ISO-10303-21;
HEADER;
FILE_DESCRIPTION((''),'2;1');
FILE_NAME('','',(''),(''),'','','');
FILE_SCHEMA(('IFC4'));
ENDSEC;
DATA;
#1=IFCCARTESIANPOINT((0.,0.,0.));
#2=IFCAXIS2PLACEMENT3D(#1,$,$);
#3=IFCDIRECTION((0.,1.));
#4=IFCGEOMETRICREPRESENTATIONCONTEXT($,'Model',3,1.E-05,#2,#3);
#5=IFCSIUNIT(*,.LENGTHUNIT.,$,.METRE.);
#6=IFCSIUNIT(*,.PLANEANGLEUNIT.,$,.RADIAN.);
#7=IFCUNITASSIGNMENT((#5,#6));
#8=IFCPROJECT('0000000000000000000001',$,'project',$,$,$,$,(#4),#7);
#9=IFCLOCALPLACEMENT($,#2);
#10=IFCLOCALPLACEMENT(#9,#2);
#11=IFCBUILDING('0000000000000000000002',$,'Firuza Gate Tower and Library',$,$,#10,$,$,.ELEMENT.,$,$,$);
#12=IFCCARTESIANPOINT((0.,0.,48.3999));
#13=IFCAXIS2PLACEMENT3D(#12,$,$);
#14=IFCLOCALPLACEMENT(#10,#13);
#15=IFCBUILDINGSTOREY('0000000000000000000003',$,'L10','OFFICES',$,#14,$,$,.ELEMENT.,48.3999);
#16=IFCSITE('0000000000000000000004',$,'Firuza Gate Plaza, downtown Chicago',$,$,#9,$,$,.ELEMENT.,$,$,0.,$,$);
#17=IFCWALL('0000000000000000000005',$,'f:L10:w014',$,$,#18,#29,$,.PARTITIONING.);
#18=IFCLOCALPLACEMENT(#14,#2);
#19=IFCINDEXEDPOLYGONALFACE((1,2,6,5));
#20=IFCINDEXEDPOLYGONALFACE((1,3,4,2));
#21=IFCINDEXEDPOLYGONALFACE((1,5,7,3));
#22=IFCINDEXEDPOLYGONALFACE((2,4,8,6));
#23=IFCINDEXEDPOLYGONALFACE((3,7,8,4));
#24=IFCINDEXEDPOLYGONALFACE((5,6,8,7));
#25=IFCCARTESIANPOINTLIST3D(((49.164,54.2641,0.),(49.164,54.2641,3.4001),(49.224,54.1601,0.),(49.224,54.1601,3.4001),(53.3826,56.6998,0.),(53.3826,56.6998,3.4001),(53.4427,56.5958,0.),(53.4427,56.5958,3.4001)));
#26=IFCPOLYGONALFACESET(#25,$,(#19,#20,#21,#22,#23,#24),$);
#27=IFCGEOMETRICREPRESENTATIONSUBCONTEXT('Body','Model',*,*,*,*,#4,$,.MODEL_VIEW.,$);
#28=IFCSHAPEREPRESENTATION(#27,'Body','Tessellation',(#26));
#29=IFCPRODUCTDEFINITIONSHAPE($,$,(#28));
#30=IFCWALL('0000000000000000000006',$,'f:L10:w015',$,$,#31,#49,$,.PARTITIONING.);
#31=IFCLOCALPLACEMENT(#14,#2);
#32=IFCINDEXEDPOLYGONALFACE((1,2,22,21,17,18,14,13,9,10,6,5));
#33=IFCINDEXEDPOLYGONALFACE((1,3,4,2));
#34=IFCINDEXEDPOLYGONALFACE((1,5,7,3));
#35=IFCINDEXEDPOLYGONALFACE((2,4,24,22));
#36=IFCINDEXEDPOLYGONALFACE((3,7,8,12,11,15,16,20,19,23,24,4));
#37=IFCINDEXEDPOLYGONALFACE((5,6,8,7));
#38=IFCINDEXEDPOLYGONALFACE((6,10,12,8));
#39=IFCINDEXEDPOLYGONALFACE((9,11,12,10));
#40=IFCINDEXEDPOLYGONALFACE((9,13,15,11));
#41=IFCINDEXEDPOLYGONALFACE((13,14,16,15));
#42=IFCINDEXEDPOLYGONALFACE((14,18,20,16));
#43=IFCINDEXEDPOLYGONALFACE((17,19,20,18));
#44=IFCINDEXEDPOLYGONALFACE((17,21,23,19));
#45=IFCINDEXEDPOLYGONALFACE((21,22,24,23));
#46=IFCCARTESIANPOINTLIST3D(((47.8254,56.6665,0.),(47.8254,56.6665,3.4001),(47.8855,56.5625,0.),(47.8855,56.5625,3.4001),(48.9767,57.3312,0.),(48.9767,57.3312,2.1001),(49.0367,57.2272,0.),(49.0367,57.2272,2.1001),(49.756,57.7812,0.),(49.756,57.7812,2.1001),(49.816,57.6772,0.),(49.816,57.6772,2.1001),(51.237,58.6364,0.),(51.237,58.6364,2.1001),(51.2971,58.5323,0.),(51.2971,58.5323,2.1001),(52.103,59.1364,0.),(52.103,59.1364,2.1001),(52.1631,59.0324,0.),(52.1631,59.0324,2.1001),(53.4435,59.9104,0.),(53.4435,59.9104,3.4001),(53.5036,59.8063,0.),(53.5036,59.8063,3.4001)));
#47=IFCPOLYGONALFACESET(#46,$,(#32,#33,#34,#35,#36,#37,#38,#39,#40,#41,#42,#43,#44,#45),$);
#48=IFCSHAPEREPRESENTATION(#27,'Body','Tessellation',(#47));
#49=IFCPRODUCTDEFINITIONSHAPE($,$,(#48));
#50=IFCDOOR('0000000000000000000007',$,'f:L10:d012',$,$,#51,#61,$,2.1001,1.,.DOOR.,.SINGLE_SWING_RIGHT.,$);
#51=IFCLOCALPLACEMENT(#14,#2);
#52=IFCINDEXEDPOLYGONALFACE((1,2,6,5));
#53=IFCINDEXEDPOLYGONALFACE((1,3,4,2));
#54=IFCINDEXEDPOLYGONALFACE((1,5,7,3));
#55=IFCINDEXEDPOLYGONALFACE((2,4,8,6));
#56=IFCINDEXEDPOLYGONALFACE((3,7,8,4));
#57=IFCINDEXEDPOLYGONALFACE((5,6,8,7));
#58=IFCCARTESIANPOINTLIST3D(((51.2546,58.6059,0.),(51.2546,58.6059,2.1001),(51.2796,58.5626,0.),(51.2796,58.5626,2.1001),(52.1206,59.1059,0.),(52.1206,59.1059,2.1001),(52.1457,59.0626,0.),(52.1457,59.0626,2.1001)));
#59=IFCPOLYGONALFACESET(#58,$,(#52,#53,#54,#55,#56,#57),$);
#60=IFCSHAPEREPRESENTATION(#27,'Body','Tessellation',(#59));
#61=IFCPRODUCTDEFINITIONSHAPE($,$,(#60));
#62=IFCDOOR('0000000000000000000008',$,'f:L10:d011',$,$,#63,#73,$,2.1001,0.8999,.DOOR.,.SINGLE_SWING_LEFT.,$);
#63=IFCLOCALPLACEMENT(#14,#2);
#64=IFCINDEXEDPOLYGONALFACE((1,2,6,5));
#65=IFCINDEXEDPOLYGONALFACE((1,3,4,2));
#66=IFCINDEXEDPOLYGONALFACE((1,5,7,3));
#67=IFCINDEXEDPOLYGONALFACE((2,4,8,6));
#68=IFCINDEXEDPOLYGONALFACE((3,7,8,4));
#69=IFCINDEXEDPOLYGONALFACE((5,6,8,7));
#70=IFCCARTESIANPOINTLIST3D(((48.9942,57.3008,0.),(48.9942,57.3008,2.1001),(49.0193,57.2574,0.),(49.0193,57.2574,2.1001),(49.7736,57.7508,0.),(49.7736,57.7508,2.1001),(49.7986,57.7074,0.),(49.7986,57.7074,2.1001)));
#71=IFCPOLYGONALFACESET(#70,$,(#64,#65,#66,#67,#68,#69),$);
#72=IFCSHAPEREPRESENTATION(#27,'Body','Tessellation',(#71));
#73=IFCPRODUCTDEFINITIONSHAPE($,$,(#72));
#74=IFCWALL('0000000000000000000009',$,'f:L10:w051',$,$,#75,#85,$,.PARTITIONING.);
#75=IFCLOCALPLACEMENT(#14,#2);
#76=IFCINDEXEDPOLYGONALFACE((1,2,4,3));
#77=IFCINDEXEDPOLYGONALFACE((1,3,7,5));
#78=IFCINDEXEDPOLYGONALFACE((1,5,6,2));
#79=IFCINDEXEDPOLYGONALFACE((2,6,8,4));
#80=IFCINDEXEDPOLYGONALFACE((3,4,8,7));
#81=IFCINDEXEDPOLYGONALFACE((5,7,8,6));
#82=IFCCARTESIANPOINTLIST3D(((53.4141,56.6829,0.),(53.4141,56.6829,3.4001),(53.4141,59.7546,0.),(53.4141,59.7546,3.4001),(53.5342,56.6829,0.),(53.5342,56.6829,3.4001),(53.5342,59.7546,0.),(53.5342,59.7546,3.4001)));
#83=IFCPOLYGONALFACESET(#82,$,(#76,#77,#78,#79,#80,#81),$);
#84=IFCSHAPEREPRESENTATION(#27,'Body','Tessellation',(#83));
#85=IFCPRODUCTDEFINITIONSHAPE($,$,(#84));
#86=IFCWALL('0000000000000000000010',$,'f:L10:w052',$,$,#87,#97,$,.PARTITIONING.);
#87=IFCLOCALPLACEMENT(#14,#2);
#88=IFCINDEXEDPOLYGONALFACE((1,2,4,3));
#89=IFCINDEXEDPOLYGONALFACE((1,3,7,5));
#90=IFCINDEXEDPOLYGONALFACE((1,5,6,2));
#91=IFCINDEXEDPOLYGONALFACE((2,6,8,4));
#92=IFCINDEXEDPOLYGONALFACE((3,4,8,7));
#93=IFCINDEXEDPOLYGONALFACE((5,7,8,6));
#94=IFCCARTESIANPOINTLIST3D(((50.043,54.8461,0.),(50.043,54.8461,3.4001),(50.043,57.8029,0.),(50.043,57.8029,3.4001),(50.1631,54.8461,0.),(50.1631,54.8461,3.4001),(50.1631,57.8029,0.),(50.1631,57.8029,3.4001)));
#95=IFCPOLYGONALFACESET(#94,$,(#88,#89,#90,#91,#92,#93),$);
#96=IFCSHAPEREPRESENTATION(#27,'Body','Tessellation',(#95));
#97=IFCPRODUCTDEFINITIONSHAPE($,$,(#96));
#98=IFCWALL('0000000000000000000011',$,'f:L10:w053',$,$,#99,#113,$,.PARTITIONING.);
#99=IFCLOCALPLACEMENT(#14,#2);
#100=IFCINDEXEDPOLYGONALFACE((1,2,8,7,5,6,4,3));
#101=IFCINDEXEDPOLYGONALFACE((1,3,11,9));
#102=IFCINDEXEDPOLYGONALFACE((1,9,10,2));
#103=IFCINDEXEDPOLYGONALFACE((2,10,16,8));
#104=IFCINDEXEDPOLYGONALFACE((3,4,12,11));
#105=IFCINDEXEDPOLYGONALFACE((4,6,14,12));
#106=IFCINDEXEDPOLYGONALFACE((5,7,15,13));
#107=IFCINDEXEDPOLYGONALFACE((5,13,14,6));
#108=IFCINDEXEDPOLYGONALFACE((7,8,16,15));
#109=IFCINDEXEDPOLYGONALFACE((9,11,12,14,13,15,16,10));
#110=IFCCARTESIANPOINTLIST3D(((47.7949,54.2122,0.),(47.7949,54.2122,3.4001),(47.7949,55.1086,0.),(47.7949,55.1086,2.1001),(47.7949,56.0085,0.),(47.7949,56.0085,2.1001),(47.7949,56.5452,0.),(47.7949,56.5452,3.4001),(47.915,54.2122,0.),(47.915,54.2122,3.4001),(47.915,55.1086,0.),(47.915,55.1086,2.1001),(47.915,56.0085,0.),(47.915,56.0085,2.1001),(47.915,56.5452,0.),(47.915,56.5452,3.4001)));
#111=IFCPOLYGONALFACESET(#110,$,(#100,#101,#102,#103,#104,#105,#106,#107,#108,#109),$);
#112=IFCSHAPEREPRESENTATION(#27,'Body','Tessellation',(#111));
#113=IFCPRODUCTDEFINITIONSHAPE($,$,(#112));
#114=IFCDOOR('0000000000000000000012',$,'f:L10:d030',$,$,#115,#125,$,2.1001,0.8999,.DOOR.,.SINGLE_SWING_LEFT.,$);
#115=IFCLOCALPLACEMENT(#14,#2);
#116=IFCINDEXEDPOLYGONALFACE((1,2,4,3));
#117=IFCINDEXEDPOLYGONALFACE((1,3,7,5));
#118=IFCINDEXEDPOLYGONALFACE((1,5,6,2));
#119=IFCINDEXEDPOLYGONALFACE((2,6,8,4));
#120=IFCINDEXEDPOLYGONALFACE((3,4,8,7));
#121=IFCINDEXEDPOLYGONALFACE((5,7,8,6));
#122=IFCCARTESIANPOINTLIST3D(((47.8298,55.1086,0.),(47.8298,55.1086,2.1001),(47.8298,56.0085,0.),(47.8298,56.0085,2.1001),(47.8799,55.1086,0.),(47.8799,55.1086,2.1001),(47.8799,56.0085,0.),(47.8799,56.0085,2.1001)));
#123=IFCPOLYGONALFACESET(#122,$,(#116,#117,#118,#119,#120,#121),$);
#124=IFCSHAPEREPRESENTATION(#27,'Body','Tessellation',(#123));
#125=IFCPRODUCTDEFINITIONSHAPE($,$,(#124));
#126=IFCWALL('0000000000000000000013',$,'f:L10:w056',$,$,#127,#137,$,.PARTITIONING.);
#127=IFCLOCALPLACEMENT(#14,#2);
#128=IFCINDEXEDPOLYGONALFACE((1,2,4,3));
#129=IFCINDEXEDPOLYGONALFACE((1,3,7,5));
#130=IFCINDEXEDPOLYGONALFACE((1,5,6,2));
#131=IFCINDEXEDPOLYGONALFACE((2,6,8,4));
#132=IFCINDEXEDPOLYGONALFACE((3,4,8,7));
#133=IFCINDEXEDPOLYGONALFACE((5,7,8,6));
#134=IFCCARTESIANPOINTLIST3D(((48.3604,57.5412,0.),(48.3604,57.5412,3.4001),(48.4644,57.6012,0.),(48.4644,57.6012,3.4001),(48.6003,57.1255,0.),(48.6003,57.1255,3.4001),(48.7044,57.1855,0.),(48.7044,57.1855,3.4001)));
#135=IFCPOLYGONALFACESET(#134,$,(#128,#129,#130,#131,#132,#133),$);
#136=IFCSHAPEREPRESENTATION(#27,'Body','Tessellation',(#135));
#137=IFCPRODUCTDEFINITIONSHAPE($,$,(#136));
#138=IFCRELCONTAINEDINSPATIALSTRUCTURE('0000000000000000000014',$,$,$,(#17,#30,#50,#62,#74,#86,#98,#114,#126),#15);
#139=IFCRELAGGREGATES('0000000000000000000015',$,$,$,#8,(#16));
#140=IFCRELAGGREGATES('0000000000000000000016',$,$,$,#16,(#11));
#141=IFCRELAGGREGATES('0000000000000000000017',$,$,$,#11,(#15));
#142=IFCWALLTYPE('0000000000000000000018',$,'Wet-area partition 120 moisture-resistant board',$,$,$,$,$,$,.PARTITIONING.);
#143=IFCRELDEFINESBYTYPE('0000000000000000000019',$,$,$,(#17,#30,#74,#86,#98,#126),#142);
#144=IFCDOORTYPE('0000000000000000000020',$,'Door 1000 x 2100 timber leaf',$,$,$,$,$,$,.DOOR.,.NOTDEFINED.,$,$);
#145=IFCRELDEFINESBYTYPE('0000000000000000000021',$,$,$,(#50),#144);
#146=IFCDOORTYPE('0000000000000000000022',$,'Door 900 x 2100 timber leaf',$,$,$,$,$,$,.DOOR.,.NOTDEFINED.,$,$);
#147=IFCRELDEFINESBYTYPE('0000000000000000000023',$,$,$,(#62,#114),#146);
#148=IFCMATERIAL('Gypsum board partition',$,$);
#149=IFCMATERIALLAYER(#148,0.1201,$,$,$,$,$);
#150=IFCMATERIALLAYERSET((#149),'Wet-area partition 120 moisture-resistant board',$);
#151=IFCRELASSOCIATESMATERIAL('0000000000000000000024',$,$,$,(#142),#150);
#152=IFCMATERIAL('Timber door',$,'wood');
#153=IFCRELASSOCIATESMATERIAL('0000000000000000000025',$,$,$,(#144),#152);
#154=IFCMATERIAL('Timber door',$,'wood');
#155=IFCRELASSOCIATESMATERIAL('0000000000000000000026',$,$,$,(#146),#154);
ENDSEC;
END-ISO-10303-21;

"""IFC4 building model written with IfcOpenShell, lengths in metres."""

from ifc_helpers import new_model, si_unit, direction, frame, frame_2d, origin, place, context, subcontext, project, spatial, rectangle, extrude, material, layer, layer_set, type_object, element, fill, save


model = new_model("IFC4")

# Units and contexts
model_context = context("Model", 3, precision=1e-05, world=origin(), true_north=direction((0.0, 1.0)))
body_context = subcontext(model_context, "Body", "Model", "MODEL_VIEW")
ifc_project = project(units=[si_unit("LENGTHUNIT", "METRE"), si_unit("PLANEANGLEUNIT", "RADIAN")], contexts=[model_context])

# Site, building, storey
site_placement = place(None, origin())
site = spatial("IfcSite", under=ifc_project, at=site_placement, Name="Firuza Gate Plaza, downtown Chicago", CompositionType="ELEMENT", RefElevation=0.0)
building_placement = place(site_placement, origin())
building = spatial("IfcBuilding", under=site, at=building_placement, Name="Firuza Gate Tower and Library", CompositionType="ELEMENT")
storey_placement = place(building_placement, frame((0.0, 0.0, 48.3999)))
storey = spatial("IfcBuildingStorey", under=building, at=storey_placement, Name="L10", Description="OFFICES", CompositionType="ELEMENT", Elevation=48.3999)

# Wall
ifc_material_1 = material(Name="Gypsum board partition")
ifc_layer_1 = layer(ifc_material_1, 0.1201)
ifc_layer_set_1 = layer_set([ifc_layer_1], Name="Wet-area partition 120 moisture-resistant board")
wall_type_1 = type_object("IfcWallType", Name="Wet-area partition 120 moisture-resistant board", PredefinedType="PARTITIONING", material=ifc_layer_set_1)
wall_1_placement = place(storey_placement, frame((49.1941, 54.2122, 0.0), z_axis=(0.0, 0.0, 1.0), x_axis=(0.866017, 0.500015, 0.0)))
element("IfcWall", 1, at=wall_1_placement, inside=storey, type_object=wall_type_1, Name="f:L10:w014", PredefinedType="PARTITIONING", context=body_context, shape_type="SweptSolid", body=[
    extrude(rectangle(XDim=4.8713, YDim=0.1201, at=frame_2d((2.4355, 0.0))), origin(), (0.0, 0.0, 1.0), 3.4001),
])

# Wall, openings, doors
wall_2_placement = place(storey_placement, frame((47.8555, 56.6145, 0.0), z_axis=(0.0, 0.0, 1.0), x_axis=(0.866009, 0.500029, 0.0)))
wall_2 = element("IfcWall", 2, at=wall_2_placement, inside=storey, type_object=wall_type_1, Name="f:L10:w015", PredefinedType="PARTITIONING", context=body_context, shape_type="SweptSolid", body=[
    extrude(rectangle(XDim=6.4873, YDim=0.1201, at=frame_2d((3.2437, 0.0))), origin(), (0.0, 0.0, 1.0), 3.4001),
])
opening_1_placement = place(wall_2_placement, frame((1.3293, 0.0, 0.0)))
opening_1 = element("IfcOpeningElement", 3, at=opening_1_placement, cuts=wall_2, PredefinedType="OPENING", context=body_context, shape_type="SweptSolid", body=[
    extrude(rectangle(XDim=0.8999, YDim=2.1001, at=frame_2d((0.45, 1.05))), frame((0.0, 0.0701, 0.0), z_axis=(0.0, -1.0, 0.0), x_axis=(1.0, 0.0, 0.0)), (0.0, 0.0, 1.0), 0.1401),
])
opening_2_placement = place(wall_2_placement, frame((3.9395, 0.0, 0.0)))
opening_2 = element("IfcOpeningElement", 4, at=opening_2_placement, cuts=wall_2, PredefinedType="OPENING", context=body_context, shape_type="SweptSolid", body=[
    extrude(rectangle(XDim=1.0, YDim=2.1001, at=frame_2d((0.5, 1.05))), frame((0.0, 0.0701, 0.0), z_axis=(0.0, -1.0, 0.0), x_axis=(1.0, 0.0, 0.0)), (0.0, 0.0, 1.0), 0.1401),
])
ifc_material_2 = material(Name="Timber door", Category="wood")
door_type_1 = type_object("IfcDoorType", Name="Door 1000 x 2100 timber leaf", OperationType="NOTDEFINED", PredefinedType="DOOR", material=ifc_material_2)
door_1_placement = place(opening_2_placement, origin())
door_1 = element("IfcDoor", 5, at=door_1_placement, inside=storey, type_object=door_type_1, Name="f:L10:d012", OperationType="SINGLE_SWING_RIGHT", OverallHeight=2.1001, OverallWidth=1.0, PredefinedType="DOOR", context=body_context, shape_type="SweptSolid", body=[
    extrude(rectangle(XDim=1.0, YDim=2.1001, at=frame_2d((0.5, 1.05))), frame((0.0, 0.0249, 0.0), z_axis=(0.0, -1.0, 0.0), x_axis=(1.0, 0.0, 0.0)), (0.0, 0.0, 1.0), 0.05),
])
fill(opening_2, door_1)
ifc_material_3 = material(Name="Timber door", Category="wood")
door_type_2 = type_object("IfcDoorType", Name="Door 900 x 2100 timber leaf", OperationType="NOTDEFINED", PredefinedType="DOOR", material=ifc_material_3)
door_2_placement = place(opening_1_placement, origin())
door_2 = element("IfcDoor", 6, at=door_2_placement, inside=storey, type_object=door_type_2, Name="f:L10:d011", OperationType="SINGLE_SWING_LEFT", OverallHeight=2.1001, OverallWidth=0.8999, PredefinedType="DOOR", context=body_context, shape_type="SweptSolid", body=[
    extrude(rectangle(XDim=0.8999, YDim=2.1001, at=frame_2d((0.45, 1.05))), frame((0.0, 0.0249, 0.0), z_axis=(0.0, -1.0, 0.0), x_axis=(1.0, 0.0, 0.0)), (0.0, 0.0, 1.0), 0.05),
])
fill(opening_1, door_2)

# Walls
wall_3_placement = place(storey_placement, frame((53.4741, 56.6829, 0.0), z_axis=(0.0, 0.0, 1.0), x_axis=(0.0, 1.0, 0.0)))
element("IfcWall", 7, at=wall_3_placement, inside=storey, type_object=wall_type_1, Name="f:L10:w051", PredefinedType="PARTITIONING", context=body_context, shape_type="SweptSolid", body=[
    extrude(rectangle(XDim=3.0718, YDim=0.1201, at=frame_2d((1.5359, 0.0))), origin(), (0.0, 0.0, 1.0), 3.4001),
])
wall_4_placement = place(storey_placement, frame((50.103, 54.8459, 0.0), z_axis=(0.0, 0.0, 1.0), x_axis=(0.0, 1.0, 0.0)))
element("IfcWall", 8, at=wall_4_placement, inside=storey, type_object=wall_type_1, Name="f:L10:w052", PredefinedType="PARTITIONING", context=body_context, shape_type="SweptSolid", body=[
    extrude(rectangle(XDim=2.9568, YDim=0.1201, at=frame_2d((1.4785, 0.0))), origin(), (0.0, 0.0, 1.0), 3.4001),
])

# Wall, opening, door
wall_5_placement = place(storey_placement, frame((47.855, 56.5452, 0.0), z_axis=(0.0, 0.0, 1.0), x_axis=(0.0, -1.0, 0.0)))
wall_5 = element("IfcWall", 9, at=wall_5_placement, inside=storey, type_object=wall_type_1, Name="f:L10:w053", PredefinedType="PARTITIONING", context=body_context, shape_type="SweptSolid", body=[
    extrude(rectangle(XDim=2.333, YDim=0.1201, at=frame_2d((1.1665, 0.0))), origin(), (0.0, 0.0, 1.0), 3.4001),
])
opening_3_placement = place(wall_5_placement, frame((0.5366, 0.0, 0.0)))
opening_3 = element("IfcOpeningElement", 10, at=opening_3_placement, cuts=wall_5, PredefinedType="OPENING", context=body_context, shape_type="SweptSolid", body=[
    extrude(rectangle(XDim=0.8999, YDim=2.1001, at=frame_2d((0.45, 1.05))), frame((0.0, 0.0701, 0.0), z_axis=(0.0, -1.0, 0.0), x_axis=(1.0, 0.0, 0.0)), (0.0, 0.0, 1.0), 0.1401),
])
door_3_placement = place(opening_3_placement, origin())
door_3 = element("IfcDoor", 11, at=door_3_placement, inside=storey, type_object=door_type_2, Name="f:L10:d030", OperationType="SINGLE_SWING_LEFT", OverallHeight=2.1001, OverallWidth=0.8999, PredefinedType="DOOR", context=body_context, shape_type="SweptSolid", body=[
    extrude(rectangle(XDim=0.8999, YDim=2.1001, at=frame_2d((0.45, 1.05))), frame((0.0, 0.0249, 0.0), z_axis=(0.0, -1.0, 0.0), x_axis=(1.0, 0.0, 0.0)), (0.0, 0.0, 1.0), 0.05),
])
fill(opening_3, door_3)

# Wall
wall_6_placement = place(storey_placement, frame((48.6523, 57.1555, 0.0), z_axis=(0.0, 0.0, 1.0), x_axis=(-0.499913, 0.866075, 0.0)))
element("IfcWall", 12, at=wall_6_placement, inside=storey, type_object=wall_type_1, Name="f:L10:w056", PredefinedType="PARTITIONING", context=body_context, shape_type="SweptSolid", body=[
    extrude(rectangle(XDim=0.48, YDim=0.1201, at=frame_2d((0.24, 0.0))), origin(), (0.0, 0.0, 1.0), 3.4001),
])

save(model, "model.ifc")
